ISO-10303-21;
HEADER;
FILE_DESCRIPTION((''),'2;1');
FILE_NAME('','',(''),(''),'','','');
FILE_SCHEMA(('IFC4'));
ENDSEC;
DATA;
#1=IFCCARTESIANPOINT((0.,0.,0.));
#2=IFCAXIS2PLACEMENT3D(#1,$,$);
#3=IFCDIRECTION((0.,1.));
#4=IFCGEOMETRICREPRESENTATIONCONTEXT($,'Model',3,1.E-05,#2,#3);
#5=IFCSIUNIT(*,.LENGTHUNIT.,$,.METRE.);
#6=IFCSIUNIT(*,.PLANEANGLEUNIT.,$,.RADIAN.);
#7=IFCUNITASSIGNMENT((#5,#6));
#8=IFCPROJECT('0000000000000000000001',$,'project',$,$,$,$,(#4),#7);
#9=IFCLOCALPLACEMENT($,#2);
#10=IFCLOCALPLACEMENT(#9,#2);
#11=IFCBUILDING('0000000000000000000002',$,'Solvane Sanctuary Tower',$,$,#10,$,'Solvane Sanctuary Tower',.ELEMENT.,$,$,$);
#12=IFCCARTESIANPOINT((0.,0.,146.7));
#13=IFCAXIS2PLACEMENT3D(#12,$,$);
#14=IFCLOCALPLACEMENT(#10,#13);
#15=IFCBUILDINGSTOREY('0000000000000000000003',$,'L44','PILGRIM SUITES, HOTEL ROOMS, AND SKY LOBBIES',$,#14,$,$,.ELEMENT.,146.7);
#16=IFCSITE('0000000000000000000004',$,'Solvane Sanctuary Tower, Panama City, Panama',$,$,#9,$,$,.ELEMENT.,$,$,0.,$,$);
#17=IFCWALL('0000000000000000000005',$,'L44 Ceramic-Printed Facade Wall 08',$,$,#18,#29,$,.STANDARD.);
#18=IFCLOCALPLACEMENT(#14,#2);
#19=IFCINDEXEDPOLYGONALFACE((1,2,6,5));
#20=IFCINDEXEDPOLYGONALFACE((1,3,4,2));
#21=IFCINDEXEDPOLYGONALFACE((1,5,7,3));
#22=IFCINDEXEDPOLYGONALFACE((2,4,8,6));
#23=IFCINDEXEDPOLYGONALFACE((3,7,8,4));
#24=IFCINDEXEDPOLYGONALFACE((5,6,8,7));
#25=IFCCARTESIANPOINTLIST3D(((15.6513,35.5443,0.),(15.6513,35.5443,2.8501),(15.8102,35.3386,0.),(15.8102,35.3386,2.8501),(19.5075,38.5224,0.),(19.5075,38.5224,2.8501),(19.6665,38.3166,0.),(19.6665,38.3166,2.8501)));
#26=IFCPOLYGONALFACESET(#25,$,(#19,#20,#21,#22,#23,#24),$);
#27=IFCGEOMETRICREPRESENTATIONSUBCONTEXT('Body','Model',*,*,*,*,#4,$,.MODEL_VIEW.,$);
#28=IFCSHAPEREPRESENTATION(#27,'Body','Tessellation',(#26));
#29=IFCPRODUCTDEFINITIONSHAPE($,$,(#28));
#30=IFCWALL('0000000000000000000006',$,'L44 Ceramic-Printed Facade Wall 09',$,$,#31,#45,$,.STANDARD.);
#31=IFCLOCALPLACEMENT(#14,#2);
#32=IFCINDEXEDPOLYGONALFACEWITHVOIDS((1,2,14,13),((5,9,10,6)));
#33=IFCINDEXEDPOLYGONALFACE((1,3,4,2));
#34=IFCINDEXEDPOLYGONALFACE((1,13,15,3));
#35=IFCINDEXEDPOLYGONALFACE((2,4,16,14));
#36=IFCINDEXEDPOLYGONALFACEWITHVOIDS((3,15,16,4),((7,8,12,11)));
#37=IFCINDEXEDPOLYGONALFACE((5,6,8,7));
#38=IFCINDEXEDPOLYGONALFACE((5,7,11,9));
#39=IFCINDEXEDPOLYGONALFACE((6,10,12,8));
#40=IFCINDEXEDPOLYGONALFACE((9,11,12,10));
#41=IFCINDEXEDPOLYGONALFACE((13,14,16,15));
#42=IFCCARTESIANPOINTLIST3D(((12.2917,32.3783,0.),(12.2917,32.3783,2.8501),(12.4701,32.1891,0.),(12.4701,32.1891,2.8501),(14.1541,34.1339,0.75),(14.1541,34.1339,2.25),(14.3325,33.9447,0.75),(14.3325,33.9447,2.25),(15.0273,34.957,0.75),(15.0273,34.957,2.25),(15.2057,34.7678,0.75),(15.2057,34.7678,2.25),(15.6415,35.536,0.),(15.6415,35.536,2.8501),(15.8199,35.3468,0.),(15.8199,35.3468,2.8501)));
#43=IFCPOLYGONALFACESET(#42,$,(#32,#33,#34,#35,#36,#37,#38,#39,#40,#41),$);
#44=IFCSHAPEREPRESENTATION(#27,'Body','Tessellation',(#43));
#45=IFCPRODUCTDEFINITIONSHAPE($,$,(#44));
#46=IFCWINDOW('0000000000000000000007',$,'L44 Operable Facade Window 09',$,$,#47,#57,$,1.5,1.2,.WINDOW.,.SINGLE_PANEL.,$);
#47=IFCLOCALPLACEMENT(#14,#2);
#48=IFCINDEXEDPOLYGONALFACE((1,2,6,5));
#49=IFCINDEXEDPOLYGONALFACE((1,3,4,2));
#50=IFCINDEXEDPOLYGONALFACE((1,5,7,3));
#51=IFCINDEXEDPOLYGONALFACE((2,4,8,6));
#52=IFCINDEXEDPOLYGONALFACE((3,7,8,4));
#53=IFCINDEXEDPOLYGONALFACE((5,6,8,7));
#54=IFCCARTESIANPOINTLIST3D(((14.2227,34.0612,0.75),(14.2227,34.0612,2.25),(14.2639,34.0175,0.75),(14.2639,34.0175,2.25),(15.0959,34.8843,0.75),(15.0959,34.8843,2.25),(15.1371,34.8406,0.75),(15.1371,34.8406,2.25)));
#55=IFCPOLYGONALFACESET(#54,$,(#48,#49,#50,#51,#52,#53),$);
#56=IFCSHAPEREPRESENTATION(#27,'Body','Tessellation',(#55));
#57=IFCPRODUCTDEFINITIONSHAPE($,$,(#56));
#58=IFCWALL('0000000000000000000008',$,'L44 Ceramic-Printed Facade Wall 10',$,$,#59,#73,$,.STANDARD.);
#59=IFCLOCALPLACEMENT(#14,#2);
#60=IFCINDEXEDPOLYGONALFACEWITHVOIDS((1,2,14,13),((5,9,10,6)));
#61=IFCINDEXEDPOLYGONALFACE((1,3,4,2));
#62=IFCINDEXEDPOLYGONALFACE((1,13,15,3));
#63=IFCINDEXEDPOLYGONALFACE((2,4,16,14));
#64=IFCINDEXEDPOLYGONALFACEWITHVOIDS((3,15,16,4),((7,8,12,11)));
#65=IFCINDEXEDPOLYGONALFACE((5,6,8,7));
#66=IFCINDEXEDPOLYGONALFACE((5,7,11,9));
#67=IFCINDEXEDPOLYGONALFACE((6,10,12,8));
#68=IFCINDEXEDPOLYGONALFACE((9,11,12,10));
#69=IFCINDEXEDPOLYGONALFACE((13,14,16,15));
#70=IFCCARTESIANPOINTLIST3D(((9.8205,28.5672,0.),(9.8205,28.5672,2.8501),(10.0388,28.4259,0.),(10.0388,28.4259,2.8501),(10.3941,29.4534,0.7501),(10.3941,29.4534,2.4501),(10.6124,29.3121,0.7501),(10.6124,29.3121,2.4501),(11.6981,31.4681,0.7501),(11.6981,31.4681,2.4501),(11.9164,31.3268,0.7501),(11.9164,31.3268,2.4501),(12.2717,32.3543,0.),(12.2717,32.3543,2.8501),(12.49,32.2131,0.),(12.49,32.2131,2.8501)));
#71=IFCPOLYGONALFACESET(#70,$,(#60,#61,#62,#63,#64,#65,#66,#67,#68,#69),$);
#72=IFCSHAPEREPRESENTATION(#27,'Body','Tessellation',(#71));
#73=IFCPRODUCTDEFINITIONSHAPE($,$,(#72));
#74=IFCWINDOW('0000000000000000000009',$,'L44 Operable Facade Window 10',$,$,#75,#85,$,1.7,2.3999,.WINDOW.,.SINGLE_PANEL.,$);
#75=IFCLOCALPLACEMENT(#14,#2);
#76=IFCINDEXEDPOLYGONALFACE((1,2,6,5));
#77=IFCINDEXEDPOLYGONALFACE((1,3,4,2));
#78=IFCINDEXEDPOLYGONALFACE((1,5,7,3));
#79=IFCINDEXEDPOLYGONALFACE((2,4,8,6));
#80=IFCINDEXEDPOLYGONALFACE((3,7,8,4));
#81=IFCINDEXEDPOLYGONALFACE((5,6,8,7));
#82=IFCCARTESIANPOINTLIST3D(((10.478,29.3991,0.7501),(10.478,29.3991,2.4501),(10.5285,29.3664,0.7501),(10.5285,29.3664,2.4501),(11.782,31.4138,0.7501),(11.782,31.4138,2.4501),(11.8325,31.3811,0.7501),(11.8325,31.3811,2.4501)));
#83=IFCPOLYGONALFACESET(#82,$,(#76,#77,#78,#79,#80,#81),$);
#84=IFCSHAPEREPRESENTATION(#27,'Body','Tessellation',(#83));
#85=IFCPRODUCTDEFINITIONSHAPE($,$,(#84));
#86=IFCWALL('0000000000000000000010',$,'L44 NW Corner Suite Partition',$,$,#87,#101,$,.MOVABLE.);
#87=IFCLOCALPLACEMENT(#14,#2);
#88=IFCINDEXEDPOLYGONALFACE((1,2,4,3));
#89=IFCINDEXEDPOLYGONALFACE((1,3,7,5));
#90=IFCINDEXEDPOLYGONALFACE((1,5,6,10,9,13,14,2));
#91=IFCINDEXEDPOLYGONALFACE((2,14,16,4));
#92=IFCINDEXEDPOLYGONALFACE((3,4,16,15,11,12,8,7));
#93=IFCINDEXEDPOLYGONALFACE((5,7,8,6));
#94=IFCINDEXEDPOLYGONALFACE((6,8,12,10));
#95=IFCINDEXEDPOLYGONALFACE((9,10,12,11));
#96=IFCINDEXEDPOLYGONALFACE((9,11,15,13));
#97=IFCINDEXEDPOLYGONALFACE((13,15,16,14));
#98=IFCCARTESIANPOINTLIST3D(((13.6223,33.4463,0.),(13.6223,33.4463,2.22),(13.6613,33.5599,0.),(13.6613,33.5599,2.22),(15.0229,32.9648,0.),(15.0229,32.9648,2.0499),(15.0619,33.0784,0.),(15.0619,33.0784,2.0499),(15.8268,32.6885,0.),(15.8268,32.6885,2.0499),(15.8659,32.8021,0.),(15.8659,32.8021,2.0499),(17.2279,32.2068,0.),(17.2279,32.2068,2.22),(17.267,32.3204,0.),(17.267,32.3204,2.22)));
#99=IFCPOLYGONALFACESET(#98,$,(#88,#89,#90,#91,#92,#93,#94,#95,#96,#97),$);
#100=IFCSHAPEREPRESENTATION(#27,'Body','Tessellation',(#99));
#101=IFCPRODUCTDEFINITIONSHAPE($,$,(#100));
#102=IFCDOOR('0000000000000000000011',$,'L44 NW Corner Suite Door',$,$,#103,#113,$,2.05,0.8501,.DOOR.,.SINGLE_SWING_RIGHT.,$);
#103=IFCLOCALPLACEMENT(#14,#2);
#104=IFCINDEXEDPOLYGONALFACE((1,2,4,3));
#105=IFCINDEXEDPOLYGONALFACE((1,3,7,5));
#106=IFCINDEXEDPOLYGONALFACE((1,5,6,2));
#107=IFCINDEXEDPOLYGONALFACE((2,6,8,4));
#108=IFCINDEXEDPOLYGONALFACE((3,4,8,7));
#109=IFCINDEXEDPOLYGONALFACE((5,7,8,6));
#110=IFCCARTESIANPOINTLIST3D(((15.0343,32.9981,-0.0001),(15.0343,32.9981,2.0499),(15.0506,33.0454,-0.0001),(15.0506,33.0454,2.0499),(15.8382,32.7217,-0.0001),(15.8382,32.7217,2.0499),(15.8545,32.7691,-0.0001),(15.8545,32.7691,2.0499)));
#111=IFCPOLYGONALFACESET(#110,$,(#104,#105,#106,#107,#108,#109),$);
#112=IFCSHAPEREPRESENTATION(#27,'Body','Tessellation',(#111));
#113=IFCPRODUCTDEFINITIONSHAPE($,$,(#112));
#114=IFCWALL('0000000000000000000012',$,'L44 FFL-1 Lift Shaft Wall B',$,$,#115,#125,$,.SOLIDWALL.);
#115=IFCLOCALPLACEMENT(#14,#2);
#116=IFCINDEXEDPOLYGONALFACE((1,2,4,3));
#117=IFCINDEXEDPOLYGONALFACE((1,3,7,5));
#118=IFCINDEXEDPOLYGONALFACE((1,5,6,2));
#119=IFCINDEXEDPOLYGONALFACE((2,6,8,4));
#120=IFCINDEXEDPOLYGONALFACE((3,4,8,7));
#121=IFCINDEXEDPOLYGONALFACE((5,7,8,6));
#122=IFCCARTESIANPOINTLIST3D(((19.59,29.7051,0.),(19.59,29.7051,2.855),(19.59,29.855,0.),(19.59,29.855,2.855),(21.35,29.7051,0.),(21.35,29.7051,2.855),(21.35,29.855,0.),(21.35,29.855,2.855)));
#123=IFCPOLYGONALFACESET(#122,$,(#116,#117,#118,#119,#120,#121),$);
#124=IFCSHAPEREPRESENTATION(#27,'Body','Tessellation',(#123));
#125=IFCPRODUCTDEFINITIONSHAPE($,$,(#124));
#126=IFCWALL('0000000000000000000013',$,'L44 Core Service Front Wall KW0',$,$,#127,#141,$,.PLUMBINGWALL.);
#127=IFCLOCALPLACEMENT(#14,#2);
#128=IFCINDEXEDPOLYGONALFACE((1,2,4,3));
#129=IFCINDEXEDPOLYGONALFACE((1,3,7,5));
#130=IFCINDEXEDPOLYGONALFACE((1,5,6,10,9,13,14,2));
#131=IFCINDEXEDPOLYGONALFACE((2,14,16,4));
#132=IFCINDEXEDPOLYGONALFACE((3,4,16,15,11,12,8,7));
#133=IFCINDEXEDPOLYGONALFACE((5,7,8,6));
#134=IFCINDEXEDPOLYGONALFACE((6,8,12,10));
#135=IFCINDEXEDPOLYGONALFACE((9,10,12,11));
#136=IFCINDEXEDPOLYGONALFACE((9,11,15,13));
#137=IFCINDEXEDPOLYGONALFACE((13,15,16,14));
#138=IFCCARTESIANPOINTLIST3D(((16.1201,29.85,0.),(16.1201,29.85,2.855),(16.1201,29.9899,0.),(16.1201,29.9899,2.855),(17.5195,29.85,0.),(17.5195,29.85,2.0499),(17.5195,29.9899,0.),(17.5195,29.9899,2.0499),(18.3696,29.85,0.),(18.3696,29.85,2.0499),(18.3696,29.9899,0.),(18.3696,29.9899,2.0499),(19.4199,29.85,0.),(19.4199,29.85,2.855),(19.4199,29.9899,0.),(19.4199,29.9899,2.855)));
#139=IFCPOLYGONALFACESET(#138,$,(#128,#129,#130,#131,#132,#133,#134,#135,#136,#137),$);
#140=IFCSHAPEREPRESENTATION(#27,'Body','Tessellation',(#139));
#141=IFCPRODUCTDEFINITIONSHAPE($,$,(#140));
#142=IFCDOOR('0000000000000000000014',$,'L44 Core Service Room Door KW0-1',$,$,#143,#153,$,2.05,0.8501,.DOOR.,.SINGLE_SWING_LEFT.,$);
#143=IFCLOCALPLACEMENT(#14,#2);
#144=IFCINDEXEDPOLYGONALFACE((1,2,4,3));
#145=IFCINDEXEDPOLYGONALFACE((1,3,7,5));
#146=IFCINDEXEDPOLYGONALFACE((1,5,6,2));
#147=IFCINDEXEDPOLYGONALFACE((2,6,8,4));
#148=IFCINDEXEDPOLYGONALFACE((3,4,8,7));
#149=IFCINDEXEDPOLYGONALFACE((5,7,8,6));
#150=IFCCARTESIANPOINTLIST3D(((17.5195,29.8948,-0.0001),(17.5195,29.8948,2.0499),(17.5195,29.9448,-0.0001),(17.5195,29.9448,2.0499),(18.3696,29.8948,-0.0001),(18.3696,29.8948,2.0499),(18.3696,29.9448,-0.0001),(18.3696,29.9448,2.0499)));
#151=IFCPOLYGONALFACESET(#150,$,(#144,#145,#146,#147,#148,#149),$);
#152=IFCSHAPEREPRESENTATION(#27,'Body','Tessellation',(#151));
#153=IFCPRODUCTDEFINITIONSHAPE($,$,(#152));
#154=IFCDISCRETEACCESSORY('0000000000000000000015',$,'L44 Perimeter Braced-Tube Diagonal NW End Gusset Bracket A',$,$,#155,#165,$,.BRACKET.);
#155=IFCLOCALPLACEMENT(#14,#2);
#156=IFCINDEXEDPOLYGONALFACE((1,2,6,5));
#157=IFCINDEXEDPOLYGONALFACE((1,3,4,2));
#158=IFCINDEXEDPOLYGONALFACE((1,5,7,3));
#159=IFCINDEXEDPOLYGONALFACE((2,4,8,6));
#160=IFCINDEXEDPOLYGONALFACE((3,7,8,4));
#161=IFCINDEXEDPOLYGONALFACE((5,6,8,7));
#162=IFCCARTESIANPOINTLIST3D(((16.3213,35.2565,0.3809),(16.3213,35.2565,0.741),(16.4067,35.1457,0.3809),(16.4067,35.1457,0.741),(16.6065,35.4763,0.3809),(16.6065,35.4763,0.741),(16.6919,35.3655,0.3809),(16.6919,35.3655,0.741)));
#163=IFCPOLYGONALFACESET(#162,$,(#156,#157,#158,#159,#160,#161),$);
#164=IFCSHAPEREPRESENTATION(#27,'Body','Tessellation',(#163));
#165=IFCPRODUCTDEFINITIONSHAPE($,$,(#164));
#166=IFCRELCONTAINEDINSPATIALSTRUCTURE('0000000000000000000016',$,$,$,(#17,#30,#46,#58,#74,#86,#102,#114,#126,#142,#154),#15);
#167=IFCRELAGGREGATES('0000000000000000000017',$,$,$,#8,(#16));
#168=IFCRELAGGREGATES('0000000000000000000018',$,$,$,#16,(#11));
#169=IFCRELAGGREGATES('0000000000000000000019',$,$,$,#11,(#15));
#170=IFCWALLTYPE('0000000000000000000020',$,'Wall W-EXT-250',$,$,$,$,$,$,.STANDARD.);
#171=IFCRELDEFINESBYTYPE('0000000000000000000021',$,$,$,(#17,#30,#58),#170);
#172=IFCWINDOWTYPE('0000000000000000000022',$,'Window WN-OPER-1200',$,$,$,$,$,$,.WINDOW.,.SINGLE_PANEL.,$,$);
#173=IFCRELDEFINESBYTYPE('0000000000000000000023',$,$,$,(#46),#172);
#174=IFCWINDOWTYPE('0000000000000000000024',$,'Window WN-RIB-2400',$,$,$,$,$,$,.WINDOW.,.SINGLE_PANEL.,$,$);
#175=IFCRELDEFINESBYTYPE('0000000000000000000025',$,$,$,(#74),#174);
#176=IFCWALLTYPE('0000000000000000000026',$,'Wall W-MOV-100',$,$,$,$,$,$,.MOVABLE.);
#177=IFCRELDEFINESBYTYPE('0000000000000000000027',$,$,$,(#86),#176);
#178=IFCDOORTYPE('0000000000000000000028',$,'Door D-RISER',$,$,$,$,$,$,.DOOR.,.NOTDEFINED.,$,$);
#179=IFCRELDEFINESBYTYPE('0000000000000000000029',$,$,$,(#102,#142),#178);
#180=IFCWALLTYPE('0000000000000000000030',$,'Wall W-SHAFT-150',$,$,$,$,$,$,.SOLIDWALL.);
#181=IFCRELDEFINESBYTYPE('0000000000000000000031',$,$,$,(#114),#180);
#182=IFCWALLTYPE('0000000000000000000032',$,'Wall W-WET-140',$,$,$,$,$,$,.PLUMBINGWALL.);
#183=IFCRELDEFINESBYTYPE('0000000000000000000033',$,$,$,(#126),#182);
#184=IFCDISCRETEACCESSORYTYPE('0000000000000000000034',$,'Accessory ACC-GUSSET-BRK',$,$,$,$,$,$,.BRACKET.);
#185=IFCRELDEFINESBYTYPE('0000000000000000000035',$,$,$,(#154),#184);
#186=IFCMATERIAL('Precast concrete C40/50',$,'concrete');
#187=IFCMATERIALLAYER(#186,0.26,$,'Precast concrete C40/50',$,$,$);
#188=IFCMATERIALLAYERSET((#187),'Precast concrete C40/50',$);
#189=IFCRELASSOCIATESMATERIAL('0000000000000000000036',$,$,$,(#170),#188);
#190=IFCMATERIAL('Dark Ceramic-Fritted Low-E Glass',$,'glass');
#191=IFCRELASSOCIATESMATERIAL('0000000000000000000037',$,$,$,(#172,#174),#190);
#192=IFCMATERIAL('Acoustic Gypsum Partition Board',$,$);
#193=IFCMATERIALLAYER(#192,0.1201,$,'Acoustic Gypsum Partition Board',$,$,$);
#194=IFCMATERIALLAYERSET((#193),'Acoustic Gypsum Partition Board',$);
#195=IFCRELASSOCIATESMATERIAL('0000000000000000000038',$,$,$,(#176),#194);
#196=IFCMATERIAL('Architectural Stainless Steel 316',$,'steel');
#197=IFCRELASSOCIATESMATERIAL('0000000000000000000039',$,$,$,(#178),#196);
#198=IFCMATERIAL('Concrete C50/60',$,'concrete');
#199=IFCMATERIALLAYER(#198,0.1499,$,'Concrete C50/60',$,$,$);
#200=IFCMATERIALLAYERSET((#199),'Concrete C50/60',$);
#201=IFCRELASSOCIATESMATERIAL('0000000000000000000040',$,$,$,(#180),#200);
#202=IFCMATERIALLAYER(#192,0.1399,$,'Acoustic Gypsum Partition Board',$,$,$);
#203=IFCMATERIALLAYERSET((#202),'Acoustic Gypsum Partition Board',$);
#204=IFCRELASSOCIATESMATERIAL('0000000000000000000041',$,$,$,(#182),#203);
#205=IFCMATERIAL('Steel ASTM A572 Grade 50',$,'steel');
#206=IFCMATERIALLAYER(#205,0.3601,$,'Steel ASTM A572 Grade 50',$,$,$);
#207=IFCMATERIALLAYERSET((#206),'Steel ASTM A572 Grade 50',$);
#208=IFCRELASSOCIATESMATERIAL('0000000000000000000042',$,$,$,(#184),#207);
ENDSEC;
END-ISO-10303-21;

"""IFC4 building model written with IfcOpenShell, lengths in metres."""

from ifc_helpers import new_model, si_unit, direction, frame, frame_2d, origin, origin_2d, place, context, subcontext, project, spatial, rectangle, extrude, material, layer, layer_set, type_object, element, fill, save


model = new_model("IFC4")

# Units and contexts
model_context = context("Model", 3, precision=1e-05, world=origin(), true_north=direction((0.0, 1.0)))
body_context = subcontext(model_context, "Body", "Model", "MODEL_VIEW")
ifc_project = project(units=[si_unit("LENGTHUNIT", "METRE"), si_unit("PLANEANGLEUNIT", "RADIAN")], contexts=[model_context])

# Site, building, storey
site_placement = place(None, origin())
site = spatial("IfcSite", under=ifc_project, at=site_placement, Name="Solvane Sanctuary Tower, Panama City, Panama", CompositionType="ELEMENT", RefElevation=0.0)
building_placement = place(site_placement, origin())
building = spatial("IfcBuilding", under=site, at=building_placement, Name="Solvane Sanctuary Tower", LongName="Solvane Sanctuary Tower", CompositionType="ELEMENT")
storey_placement = place(building_placement, frame((0.0, 0.0, 146.7)))
storey = spatial("IfcBuildingStorey", under=building, at=storey_placement, Name="L44", Description="PILGRIM SUITES, HOTEL ROOMS, AND SKY LOBBIES", CompositionType="ELEMENT", Elevation=146.7)

# Shared definitions
ifc_material_1 = material(Name="Acoustic Gypsum Partition Board")

# Wall
ifc_material_2 = material(Name="Precast concrete C40/50", Category="concrete")
ifc_layer_1 = layer(ifc_material_2, 0.26, Name="Precast concrete C40/50")
ifc_layer_set_1 = layer_set([ifc_layer_1], Name="Precast concrete C40/50")
wall_type_1 = type_object("IfcWallType", Name="Wall W-EXT-250", PredefinedType="STANDARD", material=ifc_layer_set_1)
wall_1_placement = place(storey_placement, frame((19.5869, 38.4194, 0.0), z_axis=(0.0, 0.0, 1.0), x_axis=(-0.79146, -0.611221, 0.0)))
element("IfcWall", 1, at=wall_1_placement, inside=storey, type_object=wall_type_1, Name="L44 Ceramic-Printed Facade Wall 08", PredefinedType="STANDARD", context=body_context, shape_type="SweptSolid", body=[
    extrude(rectangle(XDim=4.8723, YDim=0.26, at=frame_2d((2.436, 0.0))), origin(), (0.0, 0.0, 1.0), 2.8501),
])

# Walls, openings, windows
wall_2_placement = place(storey_placement, frame((15.7307, 35.4414, 0.0), z_axis=(0.0, 0.0, 1.0), x_axis=(-0.727667, -0.68593, 0.0)))
wall_2 = element("IfcWall", 2, at=wall_2_placement, inside=storey, type_object=wall_type_1, Name="L44 Ceramic-Printed Facade Wall 09", PredefinedType="STANDARD", context=body_context, shape_type="SweptSolid", body=[
    extrude(rectangle(XDim=4.6035, YDim=0.26, at=frame_2d((2.3018, 0.0))), origin(), (0.0, 0.0, 1.0), 2.8501),
])
opening_1_placement = place(wall_2_placement, frame((0.844, 0.0, 0.75)))
opening_1 = element("IfcOpeningElement", 3, at=opening_1_placement, cuts=wall_2, PredefinedType="OPENING", context=body_context, shape_type="SweptSolid", body=[
    extrude(rectangle(XDim=1.2, YDim=1.5, at=frame_2d((0.6001, 0.75))), frame((0.0, 0.1399, 0.0), z_axis=(0.0, -1.0, 0.0), x_axis=(1.0, 0.0, 0.0)), (0.0, 0.0, 1.0), 0.28),
])
ifc_material_3 = material(Name="Dark Ceramic-Fritted Low-E Glass", Category="glass")
window_type_1 = type_object("IfcWindowType", Name="Window WN-OPER-1200", PartitioningType="SINGLE_PANEL", PredefinedType="WINDOW", material=ifc_material_3)
window_1_placement = place(opening_1_placement, origin())
window_1 = element("IfcWindow", 4, at=window_1_placement, inside=storey, type_object=window_type_1, Name="L44 Operable Facade Window 09", OverallHeight=1.5, OverallWidth=1.2, PartitioningType="SINGLE_PANEL", PredefinedType="WINDOW", context=body_context, shape_type="SweptSolid", body=[
    extrude(rectangle(XDim=1.2, YDim=1.5, at=frame_2d((0.6001, 0.75))), frame((0.0, 0.03, 0.0), z_axis=(0.0, -1.0, 0.0), x_axis=(1.0, 0.0, 0.0)), (0.0, 0.0, 1.0), 0.0601),
])
fill(opening_1, window_1)
wall_3_placement = place(storey_placement, frame((12.3809, 32.2837, 0.0), z_axis=(0.0, 0.0, 1.0), x_axis=(-0.543359, -0.8395, 0.0)))
wall_3 = element("IfcWall", 5, at=wall_3_placement, inside=storey, type_object=wall_type_1, Name="L44 Ceramic-Printed Facade Wall 10", PredefinedType="STANDARD", context=body_context, shape_type="SweptSolid", body=[
    extrude(rectangle(XDim=4.5112, YDim=0.26, at=frame_2d((2.2556, 0.0))), origin(), (0.0, 0.0, 1.0), 2.8501),
])
opening_2_placement = place(wall_3_placement, frame((1.0557, 0.0, 0.75)))
opening_2 = element("IfcOpeningElement", 6, at=opening_2_placement, cuts=wall_3, PredefinedType="OPENING", context=body_context, shape_type="SweptSolid", body=[
    extrude(rectangle(XDim=2.3999, YDim=1.7, at=frame_2d((1.2, 0.8501))), frame((0.0, 0.1399, 0.0), z_axis=(0.0, -1.0, 0.0), x_axis=(1.0, 0.0, 0.0)), (0.0, 0.0, 1.0), 0.28),
])
window_type_2 = type_object("IfcWindowType", Name="Window WN-RIB-2400", PartitioningType="SINGLE_PANEL", PredefinedType="WINDOW", material=ifc_material_3)
window_2_placement = place(opening_2_placement, origin())
window_2 = element("IfcWindow", 7, at=window_2_placement, inside=storey, type_object=window_type_2, Name="L44 Operable Facade Window 10", OverallHeight=1.7, OverallWidth=2.3999, PartitioningType="SINGLE_PANEL", PredefinedType="WINDOW", context=body_context, shape_type="SweptSolid", body=[
    extrude(rectangle(XDim=2.3999, YDim=1.7, at=frame_2d((1.2, 0.8501))), frame((0.0, 0.03, 0.0), z_axis=(0.0, -1.0, 0.0), x_axis=(1.0, 0.0, 0.0)), (0.0, 0.0, 1.0), 0.0601),
])
fill(opening_2, window_2)

# Wall, opening, door
ifc_layer_2 = layer(ifc_material_1, 0.1201, Name="Acoustic Gypsum Partition Board")
ifc_layer_set_2 = layer_set([ifc_layer_2], Name="Acoustic Gypsum Partition Board")
wall_type_2 = type_object("IfcWallType", Name="Wall W-MOV-100", PredefinedType="MOVABLE", material=ifc_layer_set_2)
wall_4_placement = place(storey_placement, frame((17.2473, 32.2637, 0.0), z_axis=(0.0, 0.0, 1.0), x_axis=(-0.945684, 0.325089, 0.0)))
wall_4 = element("IfcWall", 8, at=wall_4_placement, inside=storey, type_object=wall_type_2, Name="L44 NW Corner Suite Partition", PredefinedType="MOVABLE", context=body_context, shape_type="SweptSolid", body=[
    extrude(rectangle(XDim=3.8127, YDim=0.1201, at=frame_2d((1.9062, 0.0))), origin(), (0.0, 0.0, 1.0), 2.22),
])
opening_3_placement = place(wall_4_placement, frame((1.4814, 0.0, 0.0)))
opening_3 = element("IfcOpeningElement", 9, at=opening_3_placement, cuts=wall_4, PredefinedType="OPENING", context=body_context, shape_type="SweptSolid", body=[
    extrude(rectangle(XDim=0.8501, YDim=2.05, at=frame_2d((0.425, 1.0249))), frame((0.0, 0.0701, 0.0), z_axis=(0.0, -1.0, 0.0), x_axis=(1.0, 0.0, 0.0)), (0.0, 0.0, 1.0), 0.1401),
])
ifc_material_4 = material(Name="Architectural Stainless Steel 316", Category="steel")
door_type_1 = type_object("IfcDoorType", Name="Door D-RISER", OperationType="NOTDEFINED", PredefinedType="DOOR", material=ifc_material_4)
door_1_placement = place(opening_3_placement, origin())
door_1 = element("IfcDoor", 10, at=door_1_placement, inside=storey, type_object=door_type_1, Name="L44 NW Corner Suite Door", OperationType="SINGLE_SWING_RIGHT", OverallHeight=2.05, OverallWidth=0.8501, PredefinedType="DOOR", context=body_context, shape_type="SweptSolid", body=[
    extrude(rectangle(XDim=0.8501, YDim=2.05, at=frame_2d((0.425, 1.0249))), frame((0.0, 0.0249, 0.0), z_axis=(0.0, -1.0, 0.0), x_axis=(1.0, 0.0, 0.0)), (0.0, 0.0, 1.0), 0.05),
])
fill(opening_3, door_1)

# Wall
ifc_material_5 = material(Name="Concrete C50/60", Category="concrete")
ifc_layer_3 = layer(ifc_material_5, 0.1499, Name="Concrete C50/60")
ifc_layer_set_3 = layer_set([ifc_layer_3], Name="Concrete C50/60")
wall_type_3 = type_object("IfcWallType", Name="Wall W-SHAFT-150", PredefinedType="SOLIDWALL", material=ifc_layer_set_3)
wall_5_placement = place(storey_placement, frame((19.5901, 29.78, 0.0), z_axis=(0.0, 0.0, 1.0), x_axis=(1.0, 0.0, 0.0)))
element("IfcWall", 11, at=wall_5_placement, inside=storey, type_object=wall_type_3, Name="L44 FFL-1 Lift Shaft Wall B", PredefinedType="SOLIDWALL", context=body_context, shape_type="SweptSolid", body=[
    extrude(rectangle(XDim=1.76, YDim=0.1499, at=frame_2d((0.8799, 0.0))), origin(), (0.0, 0.0, 1.0), 2.855),
])

# Wall, opening, door
ifc_layer_4 = layer(ifc_material_1, 0.1399, Name="Acoustic Gypsum Partition Board")
ifc_layer_set_4 = layer_set([ifc_layer_4], Name="Acoustic Gypsum Partition Board")
wall_type_4 = type_object("IfcWallType", Name="Wall W-WET-140", PredefinedType="PLUMBINGWALL", material=ifc_layer_set_4)
wall_6_placement = place(storey_placement, frame((16.1201, 29.9199, 0.0), z_axis=(0.0, 0.0, 1.0), x_axis=(1.0, 0.0, 0.0)))
wall_6 = element("IfcWall", 12, at=wall_6_placement, inside=storey, type_object=wall_type_4, Name="L44 Core Service Front Wall KW0", PredefinedType="PLUMBINGWALL", context=body_context, shape_type="SweptSolid", body=[
    extrude(rectangle(XDim=3.2998, YDim=0.1399, at=frame_2d((1.6499, 0.0))), origin(), (0.0, 0.0, 1.0), 2.855),
])
opening_4_placement = place(wall_6_placement, frame((1.3994, 0.0, 0.0)))
opening_4 = element("IfcOpeningElement", 13, at=opening_4_placement, cuts=wall_6, PredefinedType="OPENING", context=body_context, shape_type="SweptSolid", body=[
    extrude(rectangle(XDim=0.8501, YDim=2.05, at=frame_2d((0.425, 1.0249))), frame((0.0, 0.0798, 0.0), z_axis=(0.0, -1.0, 0.0), x_axis=(1.0, 0.0, 0.0)), (0.0, 0.0, 1.0), 0.1599),
])
door_2_placement = place(opening_4_placement, origin())
door_2 = element("IfcDoor", 14, at=door_2_placement, inside=storey, type_object=door_type_1, Name="L44 Core Service Room Door KW0-1", OperationType="SINGLE_SWING_LEFT", OverallHeight=2.05, OverallWidth=0.8501, PredefinedType="DOOR", context=body_context, shape_type="SweptSolid", body=[
    extrude(rectangle(XDim=0.8501, YDim=2.05, at=frame_2d((0.425, 1.0249))), frame((0.0, 0.0249, 0.0), z_axis=(0.0, -1.0, 0.0), x_axis=(1.0, 0.0, 0.0)), (0.0, 0.0, 1.0), 0.05),
])
fill(opening_4, door_2)

# Discrete accessory
ifc_material_6 = material(Name="Steel ASTM A572 Grade 50", Category="steel")
ifc_layer_5 = layer(ifc_material_6, 0.3601, Name="Steel ASTM A572 Grade 50")
ifc_layer_set_5 = layer_set([ifc_layer_5], Name="Steel ASTM A572 Grade 50")
discrete_accessory_type = type_object("IfcDiscreteAccessoryType", Name="Accessory ACC-GUSSET-BRK", PredefinedType="BRACKET", material=ifc_layer_set_5)
for number, where, z_axis, x_axis, name in (
    (15, (16.5066, 35.311, 0.3809), (0.0, 0.0, 1.0), (0.792077, 0.610422, 0.0), "L44 Perimeter Braced-Tube Diagonal NW End Gusset Bracket A"),
):
    element("IfcDiscreteAccessory", number, at=place(storey_placement, frame(where, z_axis=z_axis, x_axis=x_axis)), inside=storey, type_object=discrete_accessory_type, Name=name, PredefinedType="BRACKET", context=body_context, shape_type="SweptSolid", body=[
        extrude(rectangle(XDim=0.3601, YDim=0.1399, at=origin_2d()), origin(), (0.0, 0.0, 1.0), 0.3601),
    ])

save(model, "model.ifc")
